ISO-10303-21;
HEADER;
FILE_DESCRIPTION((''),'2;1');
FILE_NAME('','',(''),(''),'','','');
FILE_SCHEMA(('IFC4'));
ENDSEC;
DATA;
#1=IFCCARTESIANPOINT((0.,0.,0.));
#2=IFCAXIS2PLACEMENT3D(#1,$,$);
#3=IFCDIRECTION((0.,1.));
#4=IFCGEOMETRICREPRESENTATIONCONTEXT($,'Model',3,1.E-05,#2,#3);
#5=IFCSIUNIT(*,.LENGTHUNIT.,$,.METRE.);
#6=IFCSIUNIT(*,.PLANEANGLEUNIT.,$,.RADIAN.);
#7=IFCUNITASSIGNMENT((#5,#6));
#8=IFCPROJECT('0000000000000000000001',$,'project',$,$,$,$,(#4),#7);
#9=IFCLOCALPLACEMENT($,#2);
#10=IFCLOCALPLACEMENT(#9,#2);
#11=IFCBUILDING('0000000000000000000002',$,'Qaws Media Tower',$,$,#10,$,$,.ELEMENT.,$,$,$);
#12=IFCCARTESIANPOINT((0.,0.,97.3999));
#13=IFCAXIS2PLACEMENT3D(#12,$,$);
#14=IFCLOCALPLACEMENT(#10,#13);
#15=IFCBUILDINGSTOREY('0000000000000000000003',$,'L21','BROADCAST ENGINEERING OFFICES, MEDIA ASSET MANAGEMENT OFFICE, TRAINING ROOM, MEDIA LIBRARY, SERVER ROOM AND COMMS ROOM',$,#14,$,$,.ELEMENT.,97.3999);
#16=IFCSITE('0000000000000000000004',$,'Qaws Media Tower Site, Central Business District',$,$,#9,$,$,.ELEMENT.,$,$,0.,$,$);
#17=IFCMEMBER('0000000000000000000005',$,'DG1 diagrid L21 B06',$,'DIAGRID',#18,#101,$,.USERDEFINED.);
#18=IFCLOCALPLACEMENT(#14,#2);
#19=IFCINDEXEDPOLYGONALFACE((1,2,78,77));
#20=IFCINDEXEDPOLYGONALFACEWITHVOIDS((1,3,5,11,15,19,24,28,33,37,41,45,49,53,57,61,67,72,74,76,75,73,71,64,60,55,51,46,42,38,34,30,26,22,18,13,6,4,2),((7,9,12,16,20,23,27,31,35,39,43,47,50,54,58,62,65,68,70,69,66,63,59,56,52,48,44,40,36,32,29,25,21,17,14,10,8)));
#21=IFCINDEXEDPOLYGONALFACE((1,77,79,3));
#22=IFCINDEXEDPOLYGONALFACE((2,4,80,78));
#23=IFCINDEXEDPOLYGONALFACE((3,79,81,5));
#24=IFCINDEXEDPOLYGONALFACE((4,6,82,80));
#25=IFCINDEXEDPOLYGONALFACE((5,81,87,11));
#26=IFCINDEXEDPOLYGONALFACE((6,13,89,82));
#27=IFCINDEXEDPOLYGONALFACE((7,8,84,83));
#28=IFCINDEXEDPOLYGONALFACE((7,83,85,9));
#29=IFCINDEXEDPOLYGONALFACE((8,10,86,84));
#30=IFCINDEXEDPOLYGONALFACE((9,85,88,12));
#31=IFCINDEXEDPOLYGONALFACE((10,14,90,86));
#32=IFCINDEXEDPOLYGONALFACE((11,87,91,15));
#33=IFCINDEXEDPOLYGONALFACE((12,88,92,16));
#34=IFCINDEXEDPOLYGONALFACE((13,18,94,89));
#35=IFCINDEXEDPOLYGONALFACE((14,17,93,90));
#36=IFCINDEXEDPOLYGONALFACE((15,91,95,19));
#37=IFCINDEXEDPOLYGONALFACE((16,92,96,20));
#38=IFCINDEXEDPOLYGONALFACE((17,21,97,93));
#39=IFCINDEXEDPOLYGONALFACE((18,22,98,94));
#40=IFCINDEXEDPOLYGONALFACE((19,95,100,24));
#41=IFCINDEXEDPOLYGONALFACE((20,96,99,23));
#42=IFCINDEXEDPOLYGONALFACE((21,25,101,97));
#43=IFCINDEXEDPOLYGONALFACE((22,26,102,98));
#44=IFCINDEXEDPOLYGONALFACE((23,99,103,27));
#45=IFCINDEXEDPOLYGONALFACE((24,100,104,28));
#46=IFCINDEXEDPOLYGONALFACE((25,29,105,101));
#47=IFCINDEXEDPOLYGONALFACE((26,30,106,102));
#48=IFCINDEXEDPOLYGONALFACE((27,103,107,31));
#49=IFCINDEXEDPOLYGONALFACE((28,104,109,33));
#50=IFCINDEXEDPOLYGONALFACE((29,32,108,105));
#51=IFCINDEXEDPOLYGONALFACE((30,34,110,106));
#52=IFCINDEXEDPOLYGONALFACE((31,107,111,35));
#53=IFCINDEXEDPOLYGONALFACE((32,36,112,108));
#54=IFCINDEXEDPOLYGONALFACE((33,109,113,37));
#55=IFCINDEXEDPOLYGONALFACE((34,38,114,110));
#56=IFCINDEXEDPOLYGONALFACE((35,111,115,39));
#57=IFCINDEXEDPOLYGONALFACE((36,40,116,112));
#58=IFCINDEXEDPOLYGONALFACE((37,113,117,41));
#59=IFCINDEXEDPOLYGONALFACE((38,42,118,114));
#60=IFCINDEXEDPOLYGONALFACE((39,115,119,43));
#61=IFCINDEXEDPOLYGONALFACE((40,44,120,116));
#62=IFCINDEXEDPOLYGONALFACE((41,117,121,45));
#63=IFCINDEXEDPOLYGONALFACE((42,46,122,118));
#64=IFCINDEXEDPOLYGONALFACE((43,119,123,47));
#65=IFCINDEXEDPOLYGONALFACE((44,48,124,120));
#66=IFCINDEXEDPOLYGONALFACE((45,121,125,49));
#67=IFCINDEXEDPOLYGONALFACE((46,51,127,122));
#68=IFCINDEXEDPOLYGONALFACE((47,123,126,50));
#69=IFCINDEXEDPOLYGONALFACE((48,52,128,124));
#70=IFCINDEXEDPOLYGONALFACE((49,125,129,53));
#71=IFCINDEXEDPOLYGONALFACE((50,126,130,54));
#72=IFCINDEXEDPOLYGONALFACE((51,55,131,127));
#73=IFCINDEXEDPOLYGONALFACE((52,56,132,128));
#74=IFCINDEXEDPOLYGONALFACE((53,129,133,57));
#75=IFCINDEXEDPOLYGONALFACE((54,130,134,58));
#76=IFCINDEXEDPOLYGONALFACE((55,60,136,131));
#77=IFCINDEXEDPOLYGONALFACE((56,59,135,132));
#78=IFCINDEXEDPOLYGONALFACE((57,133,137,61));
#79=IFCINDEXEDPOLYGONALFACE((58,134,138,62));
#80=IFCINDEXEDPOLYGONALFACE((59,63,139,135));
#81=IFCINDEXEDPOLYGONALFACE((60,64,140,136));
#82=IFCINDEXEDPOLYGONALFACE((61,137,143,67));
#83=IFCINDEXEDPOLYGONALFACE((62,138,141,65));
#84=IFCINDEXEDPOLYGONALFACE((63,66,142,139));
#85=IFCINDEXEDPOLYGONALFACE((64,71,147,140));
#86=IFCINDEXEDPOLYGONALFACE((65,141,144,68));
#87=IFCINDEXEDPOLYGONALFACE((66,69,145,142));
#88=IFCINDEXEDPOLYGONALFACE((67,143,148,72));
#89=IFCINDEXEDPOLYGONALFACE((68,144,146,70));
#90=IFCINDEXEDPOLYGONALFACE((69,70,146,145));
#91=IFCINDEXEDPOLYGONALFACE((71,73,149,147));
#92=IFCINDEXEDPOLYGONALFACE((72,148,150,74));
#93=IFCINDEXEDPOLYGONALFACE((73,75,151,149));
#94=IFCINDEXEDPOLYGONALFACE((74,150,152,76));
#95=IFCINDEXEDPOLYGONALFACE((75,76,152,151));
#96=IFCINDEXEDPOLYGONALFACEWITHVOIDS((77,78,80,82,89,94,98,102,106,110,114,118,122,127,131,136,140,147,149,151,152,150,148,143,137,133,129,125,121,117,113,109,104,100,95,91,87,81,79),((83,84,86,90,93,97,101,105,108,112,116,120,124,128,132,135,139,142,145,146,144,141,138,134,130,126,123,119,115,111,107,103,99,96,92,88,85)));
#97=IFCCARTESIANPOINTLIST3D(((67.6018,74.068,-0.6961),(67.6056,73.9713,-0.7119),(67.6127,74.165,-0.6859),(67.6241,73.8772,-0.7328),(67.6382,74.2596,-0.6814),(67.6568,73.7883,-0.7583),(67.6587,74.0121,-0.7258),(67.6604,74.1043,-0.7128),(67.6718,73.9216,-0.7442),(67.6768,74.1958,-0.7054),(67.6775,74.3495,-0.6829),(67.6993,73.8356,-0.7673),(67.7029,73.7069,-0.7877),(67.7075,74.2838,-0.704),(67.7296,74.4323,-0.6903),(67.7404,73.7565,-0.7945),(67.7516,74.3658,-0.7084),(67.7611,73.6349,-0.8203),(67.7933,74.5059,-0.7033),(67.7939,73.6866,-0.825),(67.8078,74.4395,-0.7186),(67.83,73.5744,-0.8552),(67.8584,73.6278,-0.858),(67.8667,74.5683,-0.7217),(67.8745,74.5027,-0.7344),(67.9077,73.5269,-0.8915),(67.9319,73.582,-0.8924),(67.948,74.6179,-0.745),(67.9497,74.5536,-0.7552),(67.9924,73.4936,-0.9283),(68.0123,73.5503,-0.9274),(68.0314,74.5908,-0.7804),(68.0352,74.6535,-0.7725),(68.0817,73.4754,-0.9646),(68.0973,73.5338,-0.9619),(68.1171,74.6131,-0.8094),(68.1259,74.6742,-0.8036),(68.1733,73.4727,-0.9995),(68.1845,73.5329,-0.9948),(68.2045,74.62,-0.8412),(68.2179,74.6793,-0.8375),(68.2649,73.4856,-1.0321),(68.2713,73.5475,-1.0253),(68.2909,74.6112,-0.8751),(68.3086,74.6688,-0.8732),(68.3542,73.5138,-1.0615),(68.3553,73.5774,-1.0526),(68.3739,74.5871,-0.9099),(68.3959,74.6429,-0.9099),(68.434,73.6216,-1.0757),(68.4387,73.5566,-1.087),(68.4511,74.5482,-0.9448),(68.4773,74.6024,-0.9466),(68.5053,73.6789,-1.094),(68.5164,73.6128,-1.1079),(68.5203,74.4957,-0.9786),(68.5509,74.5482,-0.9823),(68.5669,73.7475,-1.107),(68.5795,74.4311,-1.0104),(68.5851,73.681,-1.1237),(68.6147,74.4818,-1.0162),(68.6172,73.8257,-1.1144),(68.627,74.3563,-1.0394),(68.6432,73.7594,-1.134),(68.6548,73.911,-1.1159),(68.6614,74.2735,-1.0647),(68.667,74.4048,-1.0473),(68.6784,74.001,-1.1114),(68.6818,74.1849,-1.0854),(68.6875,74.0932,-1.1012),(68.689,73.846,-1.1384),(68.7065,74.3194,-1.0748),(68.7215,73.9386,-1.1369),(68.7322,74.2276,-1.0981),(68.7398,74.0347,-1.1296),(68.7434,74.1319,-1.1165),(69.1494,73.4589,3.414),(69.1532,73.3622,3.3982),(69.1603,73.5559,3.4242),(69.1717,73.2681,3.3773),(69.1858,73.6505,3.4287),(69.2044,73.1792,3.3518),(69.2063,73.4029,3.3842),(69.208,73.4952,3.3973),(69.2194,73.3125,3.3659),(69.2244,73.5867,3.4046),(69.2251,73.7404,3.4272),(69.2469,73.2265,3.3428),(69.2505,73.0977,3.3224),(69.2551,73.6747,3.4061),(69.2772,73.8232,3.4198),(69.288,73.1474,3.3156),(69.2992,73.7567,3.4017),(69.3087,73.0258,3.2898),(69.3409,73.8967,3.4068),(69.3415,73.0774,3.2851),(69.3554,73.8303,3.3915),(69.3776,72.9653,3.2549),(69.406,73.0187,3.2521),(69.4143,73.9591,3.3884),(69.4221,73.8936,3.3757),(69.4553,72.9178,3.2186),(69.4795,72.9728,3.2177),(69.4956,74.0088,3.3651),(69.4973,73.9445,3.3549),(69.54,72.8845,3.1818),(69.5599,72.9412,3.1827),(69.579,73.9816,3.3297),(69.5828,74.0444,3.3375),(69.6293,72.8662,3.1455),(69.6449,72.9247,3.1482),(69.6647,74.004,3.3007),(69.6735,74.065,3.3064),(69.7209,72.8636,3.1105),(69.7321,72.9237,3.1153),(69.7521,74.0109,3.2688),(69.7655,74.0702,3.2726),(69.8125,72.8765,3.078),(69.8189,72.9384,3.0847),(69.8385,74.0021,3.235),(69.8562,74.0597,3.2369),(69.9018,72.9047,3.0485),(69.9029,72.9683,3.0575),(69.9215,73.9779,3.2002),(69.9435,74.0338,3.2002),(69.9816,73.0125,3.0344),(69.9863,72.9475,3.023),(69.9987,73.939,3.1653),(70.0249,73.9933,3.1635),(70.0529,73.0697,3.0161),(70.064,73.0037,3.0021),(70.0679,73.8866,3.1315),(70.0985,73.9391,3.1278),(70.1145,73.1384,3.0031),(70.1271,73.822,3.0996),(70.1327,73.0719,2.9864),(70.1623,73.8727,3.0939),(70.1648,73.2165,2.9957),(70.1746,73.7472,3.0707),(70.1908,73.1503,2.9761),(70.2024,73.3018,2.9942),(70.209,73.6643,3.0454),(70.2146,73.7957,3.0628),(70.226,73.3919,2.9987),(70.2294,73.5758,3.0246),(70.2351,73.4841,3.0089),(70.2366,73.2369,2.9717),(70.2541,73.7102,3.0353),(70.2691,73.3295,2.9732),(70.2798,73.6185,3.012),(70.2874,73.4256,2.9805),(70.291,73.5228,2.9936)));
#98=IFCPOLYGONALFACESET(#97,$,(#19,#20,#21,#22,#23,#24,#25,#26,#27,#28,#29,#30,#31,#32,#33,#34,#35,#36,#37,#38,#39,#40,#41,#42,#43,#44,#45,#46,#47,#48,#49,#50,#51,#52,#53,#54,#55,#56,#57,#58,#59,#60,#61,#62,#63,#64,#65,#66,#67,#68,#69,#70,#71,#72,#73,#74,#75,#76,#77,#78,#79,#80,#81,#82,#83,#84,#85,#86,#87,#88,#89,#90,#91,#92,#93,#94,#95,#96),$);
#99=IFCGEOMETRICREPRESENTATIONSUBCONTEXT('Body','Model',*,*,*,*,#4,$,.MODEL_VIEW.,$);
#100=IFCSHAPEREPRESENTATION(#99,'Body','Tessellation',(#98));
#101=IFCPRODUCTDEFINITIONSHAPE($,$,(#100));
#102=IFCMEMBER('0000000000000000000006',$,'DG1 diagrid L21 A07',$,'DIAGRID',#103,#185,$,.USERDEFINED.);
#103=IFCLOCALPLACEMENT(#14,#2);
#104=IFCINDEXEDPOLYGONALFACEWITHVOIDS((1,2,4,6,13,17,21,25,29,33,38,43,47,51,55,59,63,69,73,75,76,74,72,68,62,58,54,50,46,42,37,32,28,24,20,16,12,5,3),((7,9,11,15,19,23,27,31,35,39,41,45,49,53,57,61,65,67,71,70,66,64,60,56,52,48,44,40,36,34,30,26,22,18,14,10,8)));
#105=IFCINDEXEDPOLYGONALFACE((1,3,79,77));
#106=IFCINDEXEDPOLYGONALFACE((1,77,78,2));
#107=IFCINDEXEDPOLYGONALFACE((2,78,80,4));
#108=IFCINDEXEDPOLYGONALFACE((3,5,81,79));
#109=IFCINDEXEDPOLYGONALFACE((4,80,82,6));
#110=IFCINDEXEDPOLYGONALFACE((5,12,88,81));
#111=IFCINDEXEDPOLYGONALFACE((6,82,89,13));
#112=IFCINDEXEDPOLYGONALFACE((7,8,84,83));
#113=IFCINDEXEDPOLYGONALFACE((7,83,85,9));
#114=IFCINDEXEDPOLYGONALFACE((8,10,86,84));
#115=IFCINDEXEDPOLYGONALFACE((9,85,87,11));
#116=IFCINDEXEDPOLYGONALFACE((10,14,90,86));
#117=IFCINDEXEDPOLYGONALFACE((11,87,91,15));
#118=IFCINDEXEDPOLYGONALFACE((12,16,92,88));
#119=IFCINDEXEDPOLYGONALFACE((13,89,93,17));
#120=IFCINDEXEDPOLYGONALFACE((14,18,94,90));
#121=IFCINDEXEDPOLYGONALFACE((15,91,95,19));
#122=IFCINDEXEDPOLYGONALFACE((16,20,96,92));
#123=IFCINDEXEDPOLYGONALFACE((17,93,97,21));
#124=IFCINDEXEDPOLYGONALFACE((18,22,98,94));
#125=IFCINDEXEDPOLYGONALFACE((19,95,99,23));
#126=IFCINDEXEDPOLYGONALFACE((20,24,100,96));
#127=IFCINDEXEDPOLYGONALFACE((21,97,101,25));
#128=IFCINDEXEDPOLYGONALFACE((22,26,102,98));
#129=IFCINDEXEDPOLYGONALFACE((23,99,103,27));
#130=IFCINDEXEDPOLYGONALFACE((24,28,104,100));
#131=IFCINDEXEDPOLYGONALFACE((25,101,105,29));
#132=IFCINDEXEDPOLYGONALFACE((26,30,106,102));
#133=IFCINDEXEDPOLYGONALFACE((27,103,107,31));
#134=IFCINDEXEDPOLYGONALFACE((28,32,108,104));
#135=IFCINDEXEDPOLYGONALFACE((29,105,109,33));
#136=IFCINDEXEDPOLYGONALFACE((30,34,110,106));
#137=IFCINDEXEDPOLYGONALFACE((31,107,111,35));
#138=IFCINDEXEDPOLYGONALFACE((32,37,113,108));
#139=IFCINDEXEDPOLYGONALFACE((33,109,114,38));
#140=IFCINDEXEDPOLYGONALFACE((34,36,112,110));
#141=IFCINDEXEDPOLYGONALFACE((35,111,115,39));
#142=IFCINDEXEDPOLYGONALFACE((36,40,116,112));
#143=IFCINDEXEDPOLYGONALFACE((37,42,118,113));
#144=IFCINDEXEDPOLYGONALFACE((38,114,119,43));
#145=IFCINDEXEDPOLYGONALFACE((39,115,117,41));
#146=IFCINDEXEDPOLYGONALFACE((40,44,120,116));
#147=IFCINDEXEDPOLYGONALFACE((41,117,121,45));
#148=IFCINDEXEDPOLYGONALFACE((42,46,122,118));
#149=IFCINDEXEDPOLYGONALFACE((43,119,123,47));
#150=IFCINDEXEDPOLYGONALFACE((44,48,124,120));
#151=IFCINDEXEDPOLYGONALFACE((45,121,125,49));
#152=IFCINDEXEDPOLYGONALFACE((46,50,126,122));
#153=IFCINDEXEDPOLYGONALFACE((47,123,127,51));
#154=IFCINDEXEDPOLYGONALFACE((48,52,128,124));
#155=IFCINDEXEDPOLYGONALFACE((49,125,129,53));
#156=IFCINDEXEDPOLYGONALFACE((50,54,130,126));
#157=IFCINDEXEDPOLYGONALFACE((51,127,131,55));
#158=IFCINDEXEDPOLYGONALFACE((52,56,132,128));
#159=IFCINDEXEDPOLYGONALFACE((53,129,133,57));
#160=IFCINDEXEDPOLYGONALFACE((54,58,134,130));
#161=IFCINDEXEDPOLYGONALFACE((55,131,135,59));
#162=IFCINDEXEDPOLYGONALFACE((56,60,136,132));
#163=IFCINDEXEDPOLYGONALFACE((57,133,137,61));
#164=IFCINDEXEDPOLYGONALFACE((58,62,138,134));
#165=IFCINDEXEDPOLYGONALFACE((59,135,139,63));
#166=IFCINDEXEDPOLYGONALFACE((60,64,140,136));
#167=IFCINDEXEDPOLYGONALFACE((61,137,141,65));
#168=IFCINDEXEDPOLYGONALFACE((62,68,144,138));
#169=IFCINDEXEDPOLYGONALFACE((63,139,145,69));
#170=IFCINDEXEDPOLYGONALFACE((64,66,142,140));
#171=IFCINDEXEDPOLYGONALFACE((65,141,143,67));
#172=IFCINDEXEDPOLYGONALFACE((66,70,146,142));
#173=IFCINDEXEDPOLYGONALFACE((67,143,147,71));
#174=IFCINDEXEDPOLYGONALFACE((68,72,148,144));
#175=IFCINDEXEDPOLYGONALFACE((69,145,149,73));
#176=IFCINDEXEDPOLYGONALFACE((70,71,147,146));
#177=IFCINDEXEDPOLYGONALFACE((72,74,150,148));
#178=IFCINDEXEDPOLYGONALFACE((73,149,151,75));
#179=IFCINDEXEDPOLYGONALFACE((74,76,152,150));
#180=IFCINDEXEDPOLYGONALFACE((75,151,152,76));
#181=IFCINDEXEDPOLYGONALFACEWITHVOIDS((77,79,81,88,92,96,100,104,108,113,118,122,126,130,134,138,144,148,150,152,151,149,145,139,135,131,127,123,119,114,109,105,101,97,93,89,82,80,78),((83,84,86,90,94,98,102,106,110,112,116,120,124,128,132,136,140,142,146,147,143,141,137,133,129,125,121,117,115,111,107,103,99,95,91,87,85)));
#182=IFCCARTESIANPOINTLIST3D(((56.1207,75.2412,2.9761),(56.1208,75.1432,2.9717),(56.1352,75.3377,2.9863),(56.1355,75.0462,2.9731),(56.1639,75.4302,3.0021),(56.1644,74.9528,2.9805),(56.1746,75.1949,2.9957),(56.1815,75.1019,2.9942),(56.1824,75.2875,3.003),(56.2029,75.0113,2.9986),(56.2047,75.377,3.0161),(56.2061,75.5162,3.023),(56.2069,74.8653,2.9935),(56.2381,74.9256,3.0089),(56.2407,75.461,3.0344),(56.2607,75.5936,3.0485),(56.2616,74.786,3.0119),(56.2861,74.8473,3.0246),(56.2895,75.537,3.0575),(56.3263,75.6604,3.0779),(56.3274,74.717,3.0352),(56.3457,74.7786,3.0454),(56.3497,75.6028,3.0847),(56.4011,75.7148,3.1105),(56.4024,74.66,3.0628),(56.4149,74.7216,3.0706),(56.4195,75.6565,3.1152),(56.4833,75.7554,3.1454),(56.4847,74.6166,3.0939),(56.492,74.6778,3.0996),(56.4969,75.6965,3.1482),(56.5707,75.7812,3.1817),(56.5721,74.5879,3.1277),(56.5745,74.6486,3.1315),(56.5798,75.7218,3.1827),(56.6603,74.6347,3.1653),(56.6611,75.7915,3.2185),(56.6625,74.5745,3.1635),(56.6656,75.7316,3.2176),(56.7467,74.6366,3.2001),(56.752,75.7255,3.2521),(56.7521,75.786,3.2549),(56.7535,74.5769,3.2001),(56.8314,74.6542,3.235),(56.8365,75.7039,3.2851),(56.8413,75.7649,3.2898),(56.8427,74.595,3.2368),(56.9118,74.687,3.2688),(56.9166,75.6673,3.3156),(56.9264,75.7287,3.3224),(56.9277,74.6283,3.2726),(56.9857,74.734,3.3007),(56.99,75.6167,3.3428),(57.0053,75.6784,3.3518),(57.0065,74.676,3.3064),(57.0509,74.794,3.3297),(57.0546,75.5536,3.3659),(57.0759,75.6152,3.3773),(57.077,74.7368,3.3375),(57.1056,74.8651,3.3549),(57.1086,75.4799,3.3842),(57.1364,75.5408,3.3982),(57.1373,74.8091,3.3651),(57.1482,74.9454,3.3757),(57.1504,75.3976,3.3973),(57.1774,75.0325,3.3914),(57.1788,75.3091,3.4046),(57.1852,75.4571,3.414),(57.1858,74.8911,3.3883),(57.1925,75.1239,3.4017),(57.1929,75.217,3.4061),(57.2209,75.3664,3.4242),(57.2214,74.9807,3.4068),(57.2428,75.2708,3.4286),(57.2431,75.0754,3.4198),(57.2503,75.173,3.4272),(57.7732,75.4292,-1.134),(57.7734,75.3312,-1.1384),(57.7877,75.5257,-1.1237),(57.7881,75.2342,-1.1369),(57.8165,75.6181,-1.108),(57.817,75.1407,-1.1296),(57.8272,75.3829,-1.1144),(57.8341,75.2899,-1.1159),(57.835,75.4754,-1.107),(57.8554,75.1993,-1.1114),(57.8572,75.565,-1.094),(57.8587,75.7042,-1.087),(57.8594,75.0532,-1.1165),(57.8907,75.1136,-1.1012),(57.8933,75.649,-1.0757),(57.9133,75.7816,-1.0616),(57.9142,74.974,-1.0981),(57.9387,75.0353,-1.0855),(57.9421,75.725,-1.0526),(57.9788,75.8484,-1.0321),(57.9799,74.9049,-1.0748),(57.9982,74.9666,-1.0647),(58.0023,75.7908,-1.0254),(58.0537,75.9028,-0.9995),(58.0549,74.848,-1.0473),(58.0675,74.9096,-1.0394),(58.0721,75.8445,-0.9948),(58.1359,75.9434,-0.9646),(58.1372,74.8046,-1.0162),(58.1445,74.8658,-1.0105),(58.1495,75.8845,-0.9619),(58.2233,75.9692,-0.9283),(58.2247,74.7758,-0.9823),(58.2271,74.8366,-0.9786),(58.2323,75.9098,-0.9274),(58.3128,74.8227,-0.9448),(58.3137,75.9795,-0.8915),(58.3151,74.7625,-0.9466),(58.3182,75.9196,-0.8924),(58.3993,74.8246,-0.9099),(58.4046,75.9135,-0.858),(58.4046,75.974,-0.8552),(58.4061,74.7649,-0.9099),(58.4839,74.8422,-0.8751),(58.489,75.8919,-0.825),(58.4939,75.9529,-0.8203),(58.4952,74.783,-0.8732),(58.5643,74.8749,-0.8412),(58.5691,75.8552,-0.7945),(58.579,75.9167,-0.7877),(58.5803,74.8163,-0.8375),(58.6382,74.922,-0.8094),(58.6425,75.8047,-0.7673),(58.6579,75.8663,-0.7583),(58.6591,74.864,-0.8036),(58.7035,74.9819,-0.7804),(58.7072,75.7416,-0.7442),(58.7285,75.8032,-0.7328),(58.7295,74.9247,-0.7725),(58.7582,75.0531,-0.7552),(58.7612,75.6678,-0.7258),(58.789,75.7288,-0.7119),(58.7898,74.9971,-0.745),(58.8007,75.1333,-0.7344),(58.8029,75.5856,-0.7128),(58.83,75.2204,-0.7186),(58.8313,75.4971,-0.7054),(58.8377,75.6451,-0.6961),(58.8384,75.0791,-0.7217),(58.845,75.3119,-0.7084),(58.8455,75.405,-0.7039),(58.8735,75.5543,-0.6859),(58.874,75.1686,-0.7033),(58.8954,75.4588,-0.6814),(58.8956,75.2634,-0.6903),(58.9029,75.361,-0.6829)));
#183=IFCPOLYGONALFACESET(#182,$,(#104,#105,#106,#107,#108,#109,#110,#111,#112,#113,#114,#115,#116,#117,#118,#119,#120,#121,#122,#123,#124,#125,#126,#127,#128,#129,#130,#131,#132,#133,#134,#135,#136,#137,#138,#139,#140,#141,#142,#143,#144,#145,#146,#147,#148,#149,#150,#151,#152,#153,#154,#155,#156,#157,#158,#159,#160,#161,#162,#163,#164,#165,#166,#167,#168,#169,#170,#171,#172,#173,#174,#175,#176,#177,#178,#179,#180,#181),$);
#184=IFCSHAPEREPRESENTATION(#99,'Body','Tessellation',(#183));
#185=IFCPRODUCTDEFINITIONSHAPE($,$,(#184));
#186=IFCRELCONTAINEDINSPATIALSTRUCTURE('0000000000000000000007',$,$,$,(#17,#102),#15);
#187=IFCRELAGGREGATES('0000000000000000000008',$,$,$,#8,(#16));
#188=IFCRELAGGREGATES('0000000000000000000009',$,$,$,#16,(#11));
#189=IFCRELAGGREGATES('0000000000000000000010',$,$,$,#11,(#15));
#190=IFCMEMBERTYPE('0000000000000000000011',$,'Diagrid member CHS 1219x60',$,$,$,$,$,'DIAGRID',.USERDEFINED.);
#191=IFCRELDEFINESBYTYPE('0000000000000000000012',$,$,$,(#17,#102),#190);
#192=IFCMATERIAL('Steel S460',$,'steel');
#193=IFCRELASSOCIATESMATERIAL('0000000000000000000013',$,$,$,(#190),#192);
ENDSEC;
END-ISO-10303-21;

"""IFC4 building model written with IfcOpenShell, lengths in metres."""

from ifc_helpers import new_model, si_unit, direction, frame, origin, origin_2d, place, context, subcontext, project, spatial, hollow_circle, extrude, material, material_profile, profile_set, type_object, element, save


model = new_model("IFC4")

# Units and contexts
model_context = context("Model", 3, precision=1e-05, world=origin(), true_north=direction((0.0, 1.0)))
body_context = subcontext(model_context, "Body", "Model", "MODEL_VIEW")
ifc_project = project(units=[si_unit("LENGTHUNIT", "METRE"), si_unit("PLANEANGLEUNIT", "RADIAN")], contexts=[model_context])

# Site, building, storey
site_placement = place(None, origin())
site = spatial("IfcSite", under=ifc_project, at=site_placement, Name="Qaws Media Tower Site, Central Business District", CompositionType="ELEMENT", RefElevation=0.0)
building_placement = place(site_placement, origin())
building = spatial("IfcBuilding", under=site, at=building_placement, Name="Qaws Media Tower", CompositionType="ELEMENT")
storey_placement = place(building_placement, frame((0.0, 0.0, 97.3999)))
storey = spatial("IfcBuildingStorey", under=building, at=storey_placement, Name="L21", Description="BROADCAST ENGINEERING OFFICES, MEDIA ASSET MANAGEMENT OFFICE, TRAINING ROOM, MEDIA LIBRARY, SERVER ROOM AND COMMS ROOM", CompositionType="ELEMENT", Elevation=97.3999)

# Members
ifc_material_1 = material(Name="Steel S460", Category="steel")
ifc_material_profile_1 = material_profile(ifc_material_1, hollow_circle(Radius=0.6096, WallThickness=0.0601, at=origin_2d()), Name="CHS 1219x60")
ifc_profile_set_1 = profile_set([ifc_material_profile_1], Name="Steel S460")
member_type_1 = type_object("IfcMemberType", Name="Diagrid member CHS 1219x60", ElementType="DIAGRID", PredefinedType="USERDEFINED", material=ifc_profile_set_1)
for number, where, z_axis, x_axis, name in (
    (1, (68.1726, 74.0757, -0.9099), (0.349043, -0.137382, 0.926982), (0.366247, 0.930518, 0.0), "DG1 diagrid L21 B06"),
    (2, (58.3372, 75.3706, -0.9099), (-0.372717, -0.042398, 0.926976), (0.113025, -0.993592, 0.0), "DG1 diagrid L21 A07"),
):
    element("IfcMember", number, at=place(storey_placement, frame(where, z_axis=z_axis, x_axis=x_axis)), inside=storey, type_object=member_type_1, Name=name, ObjectType="DIAGRID", PredefinedType="USERDEFINED", context=body_context, shape_type="SweptSolid", body=[
        extrude(hollow_circle(Radius=0.6096, WallThickness=0.0601, at=origin_2d()), origin(), (0.0, 0.0, 1.0), 4.4338),
    ])

save(model, "model.ifc")
